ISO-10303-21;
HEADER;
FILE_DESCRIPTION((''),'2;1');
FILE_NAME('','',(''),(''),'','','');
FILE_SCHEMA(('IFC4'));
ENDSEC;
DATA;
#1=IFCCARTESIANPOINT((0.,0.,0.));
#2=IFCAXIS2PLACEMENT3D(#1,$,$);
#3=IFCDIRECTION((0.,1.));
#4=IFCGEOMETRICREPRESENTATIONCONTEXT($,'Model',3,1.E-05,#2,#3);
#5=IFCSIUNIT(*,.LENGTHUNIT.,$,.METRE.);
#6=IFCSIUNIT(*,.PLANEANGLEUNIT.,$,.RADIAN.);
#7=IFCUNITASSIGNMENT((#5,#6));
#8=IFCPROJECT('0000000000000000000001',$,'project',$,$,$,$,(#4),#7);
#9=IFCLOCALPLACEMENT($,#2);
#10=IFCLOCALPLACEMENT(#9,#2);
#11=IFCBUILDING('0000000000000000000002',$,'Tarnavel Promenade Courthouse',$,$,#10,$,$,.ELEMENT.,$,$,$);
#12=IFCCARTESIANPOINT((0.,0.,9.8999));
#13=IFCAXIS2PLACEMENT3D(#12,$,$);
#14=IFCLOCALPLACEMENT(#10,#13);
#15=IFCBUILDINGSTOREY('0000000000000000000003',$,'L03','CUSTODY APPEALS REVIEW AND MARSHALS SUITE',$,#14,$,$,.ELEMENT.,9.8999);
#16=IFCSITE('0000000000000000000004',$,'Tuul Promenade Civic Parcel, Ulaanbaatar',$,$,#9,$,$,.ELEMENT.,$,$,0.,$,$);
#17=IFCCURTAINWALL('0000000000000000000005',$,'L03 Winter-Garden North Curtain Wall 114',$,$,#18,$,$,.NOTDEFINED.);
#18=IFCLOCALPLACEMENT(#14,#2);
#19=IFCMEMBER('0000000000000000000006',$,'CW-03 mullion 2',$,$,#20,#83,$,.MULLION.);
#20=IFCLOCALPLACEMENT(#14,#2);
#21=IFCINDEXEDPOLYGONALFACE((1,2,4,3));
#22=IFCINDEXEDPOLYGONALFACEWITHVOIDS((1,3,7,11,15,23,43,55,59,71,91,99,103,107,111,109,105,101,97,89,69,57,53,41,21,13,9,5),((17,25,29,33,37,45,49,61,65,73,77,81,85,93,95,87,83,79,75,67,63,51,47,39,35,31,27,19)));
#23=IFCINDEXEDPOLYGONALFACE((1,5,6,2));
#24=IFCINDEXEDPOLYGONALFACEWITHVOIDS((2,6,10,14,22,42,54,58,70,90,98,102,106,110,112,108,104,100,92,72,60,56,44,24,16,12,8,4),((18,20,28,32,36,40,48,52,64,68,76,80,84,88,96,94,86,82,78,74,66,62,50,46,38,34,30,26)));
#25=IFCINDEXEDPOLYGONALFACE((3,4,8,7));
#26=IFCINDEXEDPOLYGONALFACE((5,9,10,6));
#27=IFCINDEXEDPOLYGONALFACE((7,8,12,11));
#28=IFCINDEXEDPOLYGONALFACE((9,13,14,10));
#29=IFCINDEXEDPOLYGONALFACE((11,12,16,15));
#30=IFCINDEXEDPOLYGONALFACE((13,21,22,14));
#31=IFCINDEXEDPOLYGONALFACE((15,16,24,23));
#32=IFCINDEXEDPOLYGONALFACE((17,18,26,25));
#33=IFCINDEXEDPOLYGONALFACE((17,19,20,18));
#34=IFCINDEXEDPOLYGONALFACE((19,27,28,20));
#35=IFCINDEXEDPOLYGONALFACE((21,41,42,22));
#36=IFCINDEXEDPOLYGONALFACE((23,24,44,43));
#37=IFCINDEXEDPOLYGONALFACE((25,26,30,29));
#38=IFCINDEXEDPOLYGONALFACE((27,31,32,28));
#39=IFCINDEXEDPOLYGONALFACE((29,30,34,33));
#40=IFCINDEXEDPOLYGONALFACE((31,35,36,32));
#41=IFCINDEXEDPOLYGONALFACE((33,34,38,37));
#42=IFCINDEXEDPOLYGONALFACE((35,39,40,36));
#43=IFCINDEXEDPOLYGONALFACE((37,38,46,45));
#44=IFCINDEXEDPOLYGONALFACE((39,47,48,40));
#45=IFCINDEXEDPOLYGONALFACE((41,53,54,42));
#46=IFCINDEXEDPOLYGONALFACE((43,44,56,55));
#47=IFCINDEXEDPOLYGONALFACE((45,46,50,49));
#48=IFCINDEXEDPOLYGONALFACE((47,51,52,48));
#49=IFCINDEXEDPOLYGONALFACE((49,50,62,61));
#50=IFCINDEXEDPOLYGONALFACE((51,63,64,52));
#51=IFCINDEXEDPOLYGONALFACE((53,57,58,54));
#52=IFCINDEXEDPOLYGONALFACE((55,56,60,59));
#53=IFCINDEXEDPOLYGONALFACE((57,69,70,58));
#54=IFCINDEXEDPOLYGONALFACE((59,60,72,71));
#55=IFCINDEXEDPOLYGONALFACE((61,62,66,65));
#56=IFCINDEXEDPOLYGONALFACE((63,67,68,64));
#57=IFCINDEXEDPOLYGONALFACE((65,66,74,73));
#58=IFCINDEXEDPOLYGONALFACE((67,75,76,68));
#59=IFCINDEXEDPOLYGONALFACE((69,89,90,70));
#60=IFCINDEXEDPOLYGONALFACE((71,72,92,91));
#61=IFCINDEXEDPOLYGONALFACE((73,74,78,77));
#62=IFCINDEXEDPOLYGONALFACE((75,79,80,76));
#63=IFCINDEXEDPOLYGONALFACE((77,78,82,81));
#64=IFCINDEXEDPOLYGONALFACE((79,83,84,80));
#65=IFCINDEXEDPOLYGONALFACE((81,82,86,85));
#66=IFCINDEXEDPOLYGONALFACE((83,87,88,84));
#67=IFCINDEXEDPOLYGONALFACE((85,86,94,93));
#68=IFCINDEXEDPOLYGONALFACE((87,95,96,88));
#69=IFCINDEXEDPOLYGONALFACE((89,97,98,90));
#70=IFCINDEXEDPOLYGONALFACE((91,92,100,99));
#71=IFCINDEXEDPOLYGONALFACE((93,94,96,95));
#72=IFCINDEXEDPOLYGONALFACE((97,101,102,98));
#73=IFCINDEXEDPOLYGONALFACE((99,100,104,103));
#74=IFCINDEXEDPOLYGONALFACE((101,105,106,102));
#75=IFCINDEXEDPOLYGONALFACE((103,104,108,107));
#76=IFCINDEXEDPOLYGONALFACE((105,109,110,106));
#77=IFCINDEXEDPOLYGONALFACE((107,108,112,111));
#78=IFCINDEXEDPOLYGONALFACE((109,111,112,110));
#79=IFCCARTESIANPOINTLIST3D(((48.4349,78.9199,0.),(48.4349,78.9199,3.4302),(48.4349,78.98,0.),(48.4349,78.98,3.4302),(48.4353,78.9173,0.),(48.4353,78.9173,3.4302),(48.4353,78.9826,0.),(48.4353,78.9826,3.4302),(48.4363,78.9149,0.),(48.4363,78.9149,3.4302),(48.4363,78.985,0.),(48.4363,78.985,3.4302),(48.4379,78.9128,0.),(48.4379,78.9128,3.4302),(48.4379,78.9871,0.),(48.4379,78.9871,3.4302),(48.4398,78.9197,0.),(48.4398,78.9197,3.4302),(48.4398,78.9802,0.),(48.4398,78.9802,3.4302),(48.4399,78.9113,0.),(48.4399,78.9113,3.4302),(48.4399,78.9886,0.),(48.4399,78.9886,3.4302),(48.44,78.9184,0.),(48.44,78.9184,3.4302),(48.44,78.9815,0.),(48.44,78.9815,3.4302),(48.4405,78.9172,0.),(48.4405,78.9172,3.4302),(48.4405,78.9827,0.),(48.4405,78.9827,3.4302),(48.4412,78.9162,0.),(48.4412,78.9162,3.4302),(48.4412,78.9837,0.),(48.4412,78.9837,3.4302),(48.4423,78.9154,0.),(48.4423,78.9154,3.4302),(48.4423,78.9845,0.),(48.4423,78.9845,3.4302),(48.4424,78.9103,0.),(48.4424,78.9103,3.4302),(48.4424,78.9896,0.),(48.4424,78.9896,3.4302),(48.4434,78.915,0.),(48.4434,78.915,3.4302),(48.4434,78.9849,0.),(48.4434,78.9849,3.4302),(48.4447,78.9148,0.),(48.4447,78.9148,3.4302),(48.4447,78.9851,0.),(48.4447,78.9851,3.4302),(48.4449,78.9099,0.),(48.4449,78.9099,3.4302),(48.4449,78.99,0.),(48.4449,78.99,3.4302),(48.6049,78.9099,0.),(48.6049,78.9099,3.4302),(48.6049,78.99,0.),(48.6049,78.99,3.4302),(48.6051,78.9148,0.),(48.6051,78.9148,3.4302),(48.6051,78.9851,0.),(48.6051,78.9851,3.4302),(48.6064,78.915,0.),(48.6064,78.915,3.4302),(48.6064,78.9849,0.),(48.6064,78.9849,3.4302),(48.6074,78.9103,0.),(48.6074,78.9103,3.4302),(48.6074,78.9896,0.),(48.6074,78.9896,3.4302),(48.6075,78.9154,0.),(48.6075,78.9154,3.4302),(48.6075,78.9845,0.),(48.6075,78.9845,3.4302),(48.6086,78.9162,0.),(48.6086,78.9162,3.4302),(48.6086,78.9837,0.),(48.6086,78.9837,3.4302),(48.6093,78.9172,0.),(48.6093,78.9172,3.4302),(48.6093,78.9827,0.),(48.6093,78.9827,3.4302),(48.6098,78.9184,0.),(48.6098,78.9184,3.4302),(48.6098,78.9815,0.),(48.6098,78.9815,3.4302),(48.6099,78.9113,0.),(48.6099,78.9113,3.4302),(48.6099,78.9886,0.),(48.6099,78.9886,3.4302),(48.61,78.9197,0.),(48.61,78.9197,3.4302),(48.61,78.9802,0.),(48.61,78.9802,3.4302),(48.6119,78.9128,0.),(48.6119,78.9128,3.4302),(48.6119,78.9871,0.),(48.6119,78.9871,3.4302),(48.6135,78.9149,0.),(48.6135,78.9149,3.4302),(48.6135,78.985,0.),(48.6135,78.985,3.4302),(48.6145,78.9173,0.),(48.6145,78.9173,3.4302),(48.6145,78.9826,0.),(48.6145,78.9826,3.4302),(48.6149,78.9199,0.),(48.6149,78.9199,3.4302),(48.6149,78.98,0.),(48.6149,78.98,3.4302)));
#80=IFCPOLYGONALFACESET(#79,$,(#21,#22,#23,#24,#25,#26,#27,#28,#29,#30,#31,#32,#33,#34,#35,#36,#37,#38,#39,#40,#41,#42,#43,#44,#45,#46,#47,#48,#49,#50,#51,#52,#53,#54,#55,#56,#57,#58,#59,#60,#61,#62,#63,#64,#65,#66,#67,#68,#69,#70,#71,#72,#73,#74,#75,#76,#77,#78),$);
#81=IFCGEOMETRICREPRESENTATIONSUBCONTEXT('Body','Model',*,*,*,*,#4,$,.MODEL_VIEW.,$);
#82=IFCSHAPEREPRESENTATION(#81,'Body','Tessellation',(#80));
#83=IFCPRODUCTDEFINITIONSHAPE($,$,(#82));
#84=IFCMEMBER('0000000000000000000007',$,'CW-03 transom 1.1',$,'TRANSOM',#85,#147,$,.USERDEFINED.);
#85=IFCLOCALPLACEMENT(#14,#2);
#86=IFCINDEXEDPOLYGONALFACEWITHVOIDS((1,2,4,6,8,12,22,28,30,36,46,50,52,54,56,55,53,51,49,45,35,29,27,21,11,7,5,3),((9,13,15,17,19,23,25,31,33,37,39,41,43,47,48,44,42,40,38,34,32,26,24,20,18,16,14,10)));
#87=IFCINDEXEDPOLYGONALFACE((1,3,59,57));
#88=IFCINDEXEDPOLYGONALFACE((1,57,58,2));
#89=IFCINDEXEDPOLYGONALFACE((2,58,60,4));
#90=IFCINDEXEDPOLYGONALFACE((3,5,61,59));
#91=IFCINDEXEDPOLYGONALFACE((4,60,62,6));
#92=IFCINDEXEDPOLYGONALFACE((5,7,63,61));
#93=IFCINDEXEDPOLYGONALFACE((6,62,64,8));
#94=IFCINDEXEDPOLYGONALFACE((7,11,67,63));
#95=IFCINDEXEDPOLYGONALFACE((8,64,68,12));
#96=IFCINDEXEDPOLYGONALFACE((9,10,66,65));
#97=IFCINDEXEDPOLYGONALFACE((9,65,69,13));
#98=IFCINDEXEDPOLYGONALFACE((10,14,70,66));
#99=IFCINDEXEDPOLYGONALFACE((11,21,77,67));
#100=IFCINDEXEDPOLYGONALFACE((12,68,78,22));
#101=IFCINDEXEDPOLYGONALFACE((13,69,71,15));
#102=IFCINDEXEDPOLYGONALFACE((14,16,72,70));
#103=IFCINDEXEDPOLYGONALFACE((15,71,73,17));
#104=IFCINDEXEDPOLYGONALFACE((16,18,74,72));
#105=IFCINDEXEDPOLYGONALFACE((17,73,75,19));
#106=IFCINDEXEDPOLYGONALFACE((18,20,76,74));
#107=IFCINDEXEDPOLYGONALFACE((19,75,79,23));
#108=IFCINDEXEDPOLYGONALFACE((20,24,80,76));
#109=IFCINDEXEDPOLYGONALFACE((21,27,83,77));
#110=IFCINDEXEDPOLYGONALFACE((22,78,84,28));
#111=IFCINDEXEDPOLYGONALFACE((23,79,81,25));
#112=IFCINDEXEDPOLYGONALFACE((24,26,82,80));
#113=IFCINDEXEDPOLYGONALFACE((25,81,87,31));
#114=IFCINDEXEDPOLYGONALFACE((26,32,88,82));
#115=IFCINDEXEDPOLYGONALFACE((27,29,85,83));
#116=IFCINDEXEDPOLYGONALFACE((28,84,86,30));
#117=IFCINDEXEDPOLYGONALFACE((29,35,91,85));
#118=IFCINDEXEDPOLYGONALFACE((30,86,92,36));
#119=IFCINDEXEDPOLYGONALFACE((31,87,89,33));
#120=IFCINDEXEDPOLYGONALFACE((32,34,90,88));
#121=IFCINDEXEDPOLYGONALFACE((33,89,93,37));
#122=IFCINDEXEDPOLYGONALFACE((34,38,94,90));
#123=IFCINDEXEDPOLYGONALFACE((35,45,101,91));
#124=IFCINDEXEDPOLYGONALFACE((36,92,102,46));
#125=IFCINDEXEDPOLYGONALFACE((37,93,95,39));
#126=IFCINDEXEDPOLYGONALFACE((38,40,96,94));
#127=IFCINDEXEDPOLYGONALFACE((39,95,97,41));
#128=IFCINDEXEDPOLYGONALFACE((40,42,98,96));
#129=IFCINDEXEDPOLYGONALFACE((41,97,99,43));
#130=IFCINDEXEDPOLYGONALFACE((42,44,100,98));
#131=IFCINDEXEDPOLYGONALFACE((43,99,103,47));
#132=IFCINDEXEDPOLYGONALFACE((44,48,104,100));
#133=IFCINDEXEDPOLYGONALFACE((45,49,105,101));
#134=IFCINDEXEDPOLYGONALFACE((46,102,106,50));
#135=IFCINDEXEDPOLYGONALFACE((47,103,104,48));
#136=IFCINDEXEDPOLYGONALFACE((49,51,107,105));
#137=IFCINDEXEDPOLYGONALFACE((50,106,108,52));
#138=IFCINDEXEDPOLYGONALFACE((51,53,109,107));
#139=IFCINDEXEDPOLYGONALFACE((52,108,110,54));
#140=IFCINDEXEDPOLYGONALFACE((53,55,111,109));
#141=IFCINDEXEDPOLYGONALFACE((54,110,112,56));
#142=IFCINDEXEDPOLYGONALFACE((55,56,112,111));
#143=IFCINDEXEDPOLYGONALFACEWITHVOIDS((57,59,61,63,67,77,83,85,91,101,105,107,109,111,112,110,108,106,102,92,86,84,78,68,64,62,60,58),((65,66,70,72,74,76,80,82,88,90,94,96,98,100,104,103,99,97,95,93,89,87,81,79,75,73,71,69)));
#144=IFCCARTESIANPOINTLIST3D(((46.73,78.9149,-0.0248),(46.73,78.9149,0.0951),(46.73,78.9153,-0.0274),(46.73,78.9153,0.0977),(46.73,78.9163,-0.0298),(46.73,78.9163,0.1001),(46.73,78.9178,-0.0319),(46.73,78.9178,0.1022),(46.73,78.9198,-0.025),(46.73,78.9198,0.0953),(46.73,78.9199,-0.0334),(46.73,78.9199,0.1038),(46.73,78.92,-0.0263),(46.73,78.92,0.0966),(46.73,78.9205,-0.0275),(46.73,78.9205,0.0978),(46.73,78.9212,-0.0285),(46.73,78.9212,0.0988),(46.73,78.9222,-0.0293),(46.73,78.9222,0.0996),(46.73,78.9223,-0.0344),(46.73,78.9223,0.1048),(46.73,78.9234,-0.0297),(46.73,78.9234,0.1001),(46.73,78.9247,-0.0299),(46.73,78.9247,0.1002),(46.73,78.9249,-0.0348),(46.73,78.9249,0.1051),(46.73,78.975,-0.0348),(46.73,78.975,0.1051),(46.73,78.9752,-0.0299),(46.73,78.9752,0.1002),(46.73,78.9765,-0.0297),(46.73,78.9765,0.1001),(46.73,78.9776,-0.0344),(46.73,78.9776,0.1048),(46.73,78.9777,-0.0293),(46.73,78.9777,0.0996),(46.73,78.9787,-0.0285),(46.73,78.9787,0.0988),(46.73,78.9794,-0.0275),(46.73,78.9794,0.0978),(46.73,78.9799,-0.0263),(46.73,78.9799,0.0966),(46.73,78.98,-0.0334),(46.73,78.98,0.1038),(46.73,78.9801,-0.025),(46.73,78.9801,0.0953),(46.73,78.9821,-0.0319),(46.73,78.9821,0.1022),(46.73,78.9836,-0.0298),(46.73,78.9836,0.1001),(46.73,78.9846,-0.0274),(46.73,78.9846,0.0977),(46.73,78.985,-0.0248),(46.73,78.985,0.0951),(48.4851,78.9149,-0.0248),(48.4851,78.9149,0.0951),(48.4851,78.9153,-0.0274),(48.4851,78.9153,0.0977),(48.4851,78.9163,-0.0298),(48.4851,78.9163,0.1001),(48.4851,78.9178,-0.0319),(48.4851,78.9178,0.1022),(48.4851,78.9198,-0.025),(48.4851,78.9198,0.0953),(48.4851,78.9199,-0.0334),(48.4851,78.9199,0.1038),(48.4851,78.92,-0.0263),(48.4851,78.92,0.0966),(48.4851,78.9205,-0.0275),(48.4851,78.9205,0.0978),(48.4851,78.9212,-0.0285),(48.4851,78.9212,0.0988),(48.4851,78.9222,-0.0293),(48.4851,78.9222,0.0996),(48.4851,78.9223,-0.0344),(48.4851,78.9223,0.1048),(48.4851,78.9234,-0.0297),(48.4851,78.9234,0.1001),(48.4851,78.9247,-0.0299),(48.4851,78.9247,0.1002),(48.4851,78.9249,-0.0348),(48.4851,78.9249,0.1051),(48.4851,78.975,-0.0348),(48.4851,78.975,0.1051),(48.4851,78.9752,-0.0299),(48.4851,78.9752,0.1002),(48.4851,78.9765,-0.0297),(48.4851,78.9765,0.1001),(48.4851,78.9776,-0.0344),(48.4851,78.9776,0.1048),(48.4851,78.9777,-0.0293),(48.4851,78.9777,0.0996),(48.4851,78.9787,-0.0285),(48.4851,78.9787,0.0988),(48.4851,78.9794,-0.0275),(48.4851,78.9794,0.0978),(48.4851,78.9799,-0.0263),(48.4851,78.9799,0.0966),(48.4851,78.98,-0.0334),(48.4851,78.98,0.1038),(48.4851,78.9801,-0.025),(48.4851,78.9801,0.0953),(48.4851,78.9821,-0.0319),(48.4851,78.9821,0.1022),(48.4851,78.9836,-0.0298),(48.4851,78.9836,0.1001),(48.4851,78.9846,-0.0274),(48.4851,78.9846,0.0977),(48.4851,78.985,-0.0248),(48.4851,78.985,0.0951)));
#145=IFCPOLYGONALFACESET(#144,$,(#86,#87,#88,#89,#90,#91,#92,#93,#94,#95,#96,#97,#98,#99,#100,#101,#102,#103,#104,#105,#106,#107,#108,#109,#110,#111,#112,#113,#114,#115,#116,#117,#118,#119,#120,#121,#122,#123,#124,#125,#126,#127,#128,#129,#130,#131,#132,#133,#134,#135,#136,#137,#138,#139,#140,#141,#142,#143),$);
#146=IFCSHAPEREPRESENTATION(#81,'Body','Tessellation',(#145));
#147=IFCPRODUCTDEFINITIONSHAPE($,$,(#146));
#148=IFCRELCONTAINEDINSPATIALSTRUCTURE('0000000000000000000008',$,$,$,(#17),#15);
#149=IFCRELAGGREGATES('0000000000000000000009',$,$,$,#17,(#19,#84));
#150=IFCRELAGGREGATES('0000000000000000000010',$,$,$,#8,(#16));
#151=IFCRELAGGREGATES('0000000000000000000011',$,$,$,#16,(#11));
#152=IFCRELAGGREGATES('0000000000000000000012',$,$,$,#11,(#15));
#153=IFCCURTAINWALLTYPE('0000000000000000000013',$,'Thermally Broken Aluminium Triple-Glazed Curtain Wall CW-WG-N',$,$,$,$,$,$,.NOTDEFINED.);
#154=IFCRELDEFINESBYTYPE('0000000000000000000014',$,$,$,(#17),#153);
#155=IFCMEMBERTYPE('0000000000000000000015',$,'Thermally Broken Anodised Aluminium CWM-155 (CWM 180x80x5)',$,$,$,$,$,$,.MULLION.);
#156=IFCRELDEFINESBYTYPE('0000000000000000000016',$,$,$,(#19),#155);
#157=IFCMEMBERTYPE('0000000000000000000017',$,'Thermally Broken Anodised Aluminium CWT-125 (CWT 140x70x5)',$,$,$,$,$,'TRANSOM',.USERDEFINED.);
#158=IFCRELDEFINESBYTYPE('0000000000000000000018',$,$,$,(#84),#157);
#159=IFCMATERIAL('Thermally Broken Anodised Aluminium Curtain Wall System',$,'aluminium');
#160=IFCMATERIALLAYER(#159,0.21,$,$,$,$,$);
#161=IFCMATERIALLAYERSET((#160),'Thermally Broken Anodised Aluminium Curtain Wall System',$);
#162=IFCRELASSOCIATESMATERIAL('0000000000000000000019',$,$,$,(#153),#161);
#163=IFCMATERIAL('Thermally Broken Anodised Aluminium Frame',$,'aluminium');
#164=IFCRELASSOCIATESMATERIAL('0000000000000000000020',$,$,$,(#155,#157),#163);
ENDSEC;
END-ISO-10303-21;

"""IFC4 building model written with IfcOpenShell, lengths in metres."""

from ifc_helpers import new_model, si_unit, direction, frame, origin, origin_2d, place, context, subcontext, project, spatial, hollow_rectangle, extrude, material, layer, layer_set, material_profile, profile_set, type_object, element, aggregate, save


model = new_model("IFC4")

# Units and contexts
model_context = context("Model", 3, precision=1e-05, world=origin(), true_north=direction((0.0, 1.0)))
body_context = subcontext(model_context, "Body", "Model", "MODEL_VIEW")
ifc_project = project(units=[si_unit("LENGTHUNIT", "METRE"), si_unit("PLANEANGLEUNIT", "RADIAN")], contexts=[model_context])

# Site, building, storey
site_placement = place(None, origin())
site = spatial("IfcSite", under=ifc_project, at=site_placement, Name="Tuul Promenade Civic Parcel, Ulaanbaatar", CompositionType="ELEMENT", RefElevation=0.0)
building_placement = place(site_placement, origin())
building = spatial("IfcBuilding", under=site, at=building_placement, Name="Tarnavel Promenade Courthouse", CompositionType="ELEMENT")
storey_placement = place(building_placement, frame((0.0, 0.0, 9.8999)))
storey = spatial("IfcBuildingStorey", under=building, at=storey_placement, Name="L03", Description="CUSTODY APPEALS REVIEW AND MARSHALS SUITE", CompositionType="ELEMENT", Elevation=9.8999)

# Curtain wall, members
ifc_material_1 = material(Name="Thermally Broken Anodised Aluminium Curtain Wall System", Category="aluminium")
ifc_layer_1 = layer(ifc_material_1, 0.21)
ifc_layer_set_1 = layer_set([ifc_layer_1], Name="Thermally Broken Anodised Aluminium Curtain Wall System")
curtain_wall_type = type_object("IfcCurtainWallType", Name="Thermally Broken Aluminium Triple-Glazed Curtain Wall CW-WG-N", PredefinedType="NOTDEFINED", material=ifc_layer_set_1)
curtain_wall_placement = place(storey_placement, origin())
curtain_wall = element("IfcCurtainWall", 1, at=curtain_wall_placement, inside=storey, type_object=curtain_wall_type, Name="L03 Winter-Garden North Curtain Wall 114", PredefinedType="NOTDEFINED")
ifc_material_2 = material(Name="Thermally Broken Anodised Aluminium Frame", Category="aluminium")
ifc_material_profile_1 = material_profile(ifc_material_2, hollow_rectangle(XDim=0.0801, YDim=0.1799, WallThickness=0.0049, InnerFilletRadius=0.0049, OuterFilletRadius=0.01, at=origin_2d()), Name="CWM 180x80x5")
ifc_profile_set_1 = profile_set([ifc_material_profile_1], Name="Thermally Broken Anodised Aluminium Frame")
member_type_1 = type_object("IfcMemberType", Name="Thermally Broken Anodised Aluminium CWM-155 (CWM 180x80x5)", PredefinedType="MULLION", material=ifc_profile_set_1)
member_1_placement = place(storey_placement, frame((48.5249, 78.95, 0.0), z_axis=(0.0, 0.0, 1.0), x_axis=(0.0, 1.0, 0.0)))
member_1 = element("IfcMember", 2, at=member_1_placement, type_object=member_type_1, Name="CW-03 mullion 2", PredefinedType="MULLION", context=body_context, shape_type="SweptSolid", body=[
    extrude(hollow_rectangle(XDim=0.0801, YDim=0.1799, WallThickness=0.0049, InnerFilletRadius=0.0049, OuterFilletRadius=0.01, at=origin_2d()), origin(), (0.0, 0.0, 1.0), 3.4302),
])
ifc_material_profile_2 = material_profile(ifc_material_2, hollow_rectangle(XDim=0.0701, YDim=0.1399, WallThickness=0.0049, InnerFilletRadius=0.0049, OuterFilletRadius=0.01, at=origin_2d()), Name="CWT 140x70x5")
ifc_profile_set_2 = profile_set([ifc_material_profile_2], Name="Thermally Broken Anodised Aluminium Frame")
member_type_2 = type_object("IfcMemberType", Name="Thermally Broken Anodised Aluminium CWT-125 (CWT 140x70x5)", ElementType="TRANSOM", PredefinedType="USERDEFINED", material=ifc_profile_set_2)
member_2_placement = place(storey_placement, frame((46.73, 78.95, 0.0352), z_axis=(1.0, 0.0, 0.0), x_axis=(0.0, 1.0, 0.0)))
member_2 = element("IfcMember", 3, at=member_2_placement, type_object=member_type_2, Name="CW-03 transom 1.1", ObjectType="TRANSOM", PredefinedType="USERDEFINED", context=body_context, shape_type="SweptSolid", body=[
    extrude(hollow_rectangle(XDim=0.0701, YDim=0.1399, WallThickness=0.0049, InnerFilletRadius=0.0049, OuterFilletRadius=0.01, at=origin_2d()), origin(), (0.0, 0.0, 1.0), 1.7551),
])
aggregate(curtain_wall, [member_1, member_2])

save(model, "model.ifc")
